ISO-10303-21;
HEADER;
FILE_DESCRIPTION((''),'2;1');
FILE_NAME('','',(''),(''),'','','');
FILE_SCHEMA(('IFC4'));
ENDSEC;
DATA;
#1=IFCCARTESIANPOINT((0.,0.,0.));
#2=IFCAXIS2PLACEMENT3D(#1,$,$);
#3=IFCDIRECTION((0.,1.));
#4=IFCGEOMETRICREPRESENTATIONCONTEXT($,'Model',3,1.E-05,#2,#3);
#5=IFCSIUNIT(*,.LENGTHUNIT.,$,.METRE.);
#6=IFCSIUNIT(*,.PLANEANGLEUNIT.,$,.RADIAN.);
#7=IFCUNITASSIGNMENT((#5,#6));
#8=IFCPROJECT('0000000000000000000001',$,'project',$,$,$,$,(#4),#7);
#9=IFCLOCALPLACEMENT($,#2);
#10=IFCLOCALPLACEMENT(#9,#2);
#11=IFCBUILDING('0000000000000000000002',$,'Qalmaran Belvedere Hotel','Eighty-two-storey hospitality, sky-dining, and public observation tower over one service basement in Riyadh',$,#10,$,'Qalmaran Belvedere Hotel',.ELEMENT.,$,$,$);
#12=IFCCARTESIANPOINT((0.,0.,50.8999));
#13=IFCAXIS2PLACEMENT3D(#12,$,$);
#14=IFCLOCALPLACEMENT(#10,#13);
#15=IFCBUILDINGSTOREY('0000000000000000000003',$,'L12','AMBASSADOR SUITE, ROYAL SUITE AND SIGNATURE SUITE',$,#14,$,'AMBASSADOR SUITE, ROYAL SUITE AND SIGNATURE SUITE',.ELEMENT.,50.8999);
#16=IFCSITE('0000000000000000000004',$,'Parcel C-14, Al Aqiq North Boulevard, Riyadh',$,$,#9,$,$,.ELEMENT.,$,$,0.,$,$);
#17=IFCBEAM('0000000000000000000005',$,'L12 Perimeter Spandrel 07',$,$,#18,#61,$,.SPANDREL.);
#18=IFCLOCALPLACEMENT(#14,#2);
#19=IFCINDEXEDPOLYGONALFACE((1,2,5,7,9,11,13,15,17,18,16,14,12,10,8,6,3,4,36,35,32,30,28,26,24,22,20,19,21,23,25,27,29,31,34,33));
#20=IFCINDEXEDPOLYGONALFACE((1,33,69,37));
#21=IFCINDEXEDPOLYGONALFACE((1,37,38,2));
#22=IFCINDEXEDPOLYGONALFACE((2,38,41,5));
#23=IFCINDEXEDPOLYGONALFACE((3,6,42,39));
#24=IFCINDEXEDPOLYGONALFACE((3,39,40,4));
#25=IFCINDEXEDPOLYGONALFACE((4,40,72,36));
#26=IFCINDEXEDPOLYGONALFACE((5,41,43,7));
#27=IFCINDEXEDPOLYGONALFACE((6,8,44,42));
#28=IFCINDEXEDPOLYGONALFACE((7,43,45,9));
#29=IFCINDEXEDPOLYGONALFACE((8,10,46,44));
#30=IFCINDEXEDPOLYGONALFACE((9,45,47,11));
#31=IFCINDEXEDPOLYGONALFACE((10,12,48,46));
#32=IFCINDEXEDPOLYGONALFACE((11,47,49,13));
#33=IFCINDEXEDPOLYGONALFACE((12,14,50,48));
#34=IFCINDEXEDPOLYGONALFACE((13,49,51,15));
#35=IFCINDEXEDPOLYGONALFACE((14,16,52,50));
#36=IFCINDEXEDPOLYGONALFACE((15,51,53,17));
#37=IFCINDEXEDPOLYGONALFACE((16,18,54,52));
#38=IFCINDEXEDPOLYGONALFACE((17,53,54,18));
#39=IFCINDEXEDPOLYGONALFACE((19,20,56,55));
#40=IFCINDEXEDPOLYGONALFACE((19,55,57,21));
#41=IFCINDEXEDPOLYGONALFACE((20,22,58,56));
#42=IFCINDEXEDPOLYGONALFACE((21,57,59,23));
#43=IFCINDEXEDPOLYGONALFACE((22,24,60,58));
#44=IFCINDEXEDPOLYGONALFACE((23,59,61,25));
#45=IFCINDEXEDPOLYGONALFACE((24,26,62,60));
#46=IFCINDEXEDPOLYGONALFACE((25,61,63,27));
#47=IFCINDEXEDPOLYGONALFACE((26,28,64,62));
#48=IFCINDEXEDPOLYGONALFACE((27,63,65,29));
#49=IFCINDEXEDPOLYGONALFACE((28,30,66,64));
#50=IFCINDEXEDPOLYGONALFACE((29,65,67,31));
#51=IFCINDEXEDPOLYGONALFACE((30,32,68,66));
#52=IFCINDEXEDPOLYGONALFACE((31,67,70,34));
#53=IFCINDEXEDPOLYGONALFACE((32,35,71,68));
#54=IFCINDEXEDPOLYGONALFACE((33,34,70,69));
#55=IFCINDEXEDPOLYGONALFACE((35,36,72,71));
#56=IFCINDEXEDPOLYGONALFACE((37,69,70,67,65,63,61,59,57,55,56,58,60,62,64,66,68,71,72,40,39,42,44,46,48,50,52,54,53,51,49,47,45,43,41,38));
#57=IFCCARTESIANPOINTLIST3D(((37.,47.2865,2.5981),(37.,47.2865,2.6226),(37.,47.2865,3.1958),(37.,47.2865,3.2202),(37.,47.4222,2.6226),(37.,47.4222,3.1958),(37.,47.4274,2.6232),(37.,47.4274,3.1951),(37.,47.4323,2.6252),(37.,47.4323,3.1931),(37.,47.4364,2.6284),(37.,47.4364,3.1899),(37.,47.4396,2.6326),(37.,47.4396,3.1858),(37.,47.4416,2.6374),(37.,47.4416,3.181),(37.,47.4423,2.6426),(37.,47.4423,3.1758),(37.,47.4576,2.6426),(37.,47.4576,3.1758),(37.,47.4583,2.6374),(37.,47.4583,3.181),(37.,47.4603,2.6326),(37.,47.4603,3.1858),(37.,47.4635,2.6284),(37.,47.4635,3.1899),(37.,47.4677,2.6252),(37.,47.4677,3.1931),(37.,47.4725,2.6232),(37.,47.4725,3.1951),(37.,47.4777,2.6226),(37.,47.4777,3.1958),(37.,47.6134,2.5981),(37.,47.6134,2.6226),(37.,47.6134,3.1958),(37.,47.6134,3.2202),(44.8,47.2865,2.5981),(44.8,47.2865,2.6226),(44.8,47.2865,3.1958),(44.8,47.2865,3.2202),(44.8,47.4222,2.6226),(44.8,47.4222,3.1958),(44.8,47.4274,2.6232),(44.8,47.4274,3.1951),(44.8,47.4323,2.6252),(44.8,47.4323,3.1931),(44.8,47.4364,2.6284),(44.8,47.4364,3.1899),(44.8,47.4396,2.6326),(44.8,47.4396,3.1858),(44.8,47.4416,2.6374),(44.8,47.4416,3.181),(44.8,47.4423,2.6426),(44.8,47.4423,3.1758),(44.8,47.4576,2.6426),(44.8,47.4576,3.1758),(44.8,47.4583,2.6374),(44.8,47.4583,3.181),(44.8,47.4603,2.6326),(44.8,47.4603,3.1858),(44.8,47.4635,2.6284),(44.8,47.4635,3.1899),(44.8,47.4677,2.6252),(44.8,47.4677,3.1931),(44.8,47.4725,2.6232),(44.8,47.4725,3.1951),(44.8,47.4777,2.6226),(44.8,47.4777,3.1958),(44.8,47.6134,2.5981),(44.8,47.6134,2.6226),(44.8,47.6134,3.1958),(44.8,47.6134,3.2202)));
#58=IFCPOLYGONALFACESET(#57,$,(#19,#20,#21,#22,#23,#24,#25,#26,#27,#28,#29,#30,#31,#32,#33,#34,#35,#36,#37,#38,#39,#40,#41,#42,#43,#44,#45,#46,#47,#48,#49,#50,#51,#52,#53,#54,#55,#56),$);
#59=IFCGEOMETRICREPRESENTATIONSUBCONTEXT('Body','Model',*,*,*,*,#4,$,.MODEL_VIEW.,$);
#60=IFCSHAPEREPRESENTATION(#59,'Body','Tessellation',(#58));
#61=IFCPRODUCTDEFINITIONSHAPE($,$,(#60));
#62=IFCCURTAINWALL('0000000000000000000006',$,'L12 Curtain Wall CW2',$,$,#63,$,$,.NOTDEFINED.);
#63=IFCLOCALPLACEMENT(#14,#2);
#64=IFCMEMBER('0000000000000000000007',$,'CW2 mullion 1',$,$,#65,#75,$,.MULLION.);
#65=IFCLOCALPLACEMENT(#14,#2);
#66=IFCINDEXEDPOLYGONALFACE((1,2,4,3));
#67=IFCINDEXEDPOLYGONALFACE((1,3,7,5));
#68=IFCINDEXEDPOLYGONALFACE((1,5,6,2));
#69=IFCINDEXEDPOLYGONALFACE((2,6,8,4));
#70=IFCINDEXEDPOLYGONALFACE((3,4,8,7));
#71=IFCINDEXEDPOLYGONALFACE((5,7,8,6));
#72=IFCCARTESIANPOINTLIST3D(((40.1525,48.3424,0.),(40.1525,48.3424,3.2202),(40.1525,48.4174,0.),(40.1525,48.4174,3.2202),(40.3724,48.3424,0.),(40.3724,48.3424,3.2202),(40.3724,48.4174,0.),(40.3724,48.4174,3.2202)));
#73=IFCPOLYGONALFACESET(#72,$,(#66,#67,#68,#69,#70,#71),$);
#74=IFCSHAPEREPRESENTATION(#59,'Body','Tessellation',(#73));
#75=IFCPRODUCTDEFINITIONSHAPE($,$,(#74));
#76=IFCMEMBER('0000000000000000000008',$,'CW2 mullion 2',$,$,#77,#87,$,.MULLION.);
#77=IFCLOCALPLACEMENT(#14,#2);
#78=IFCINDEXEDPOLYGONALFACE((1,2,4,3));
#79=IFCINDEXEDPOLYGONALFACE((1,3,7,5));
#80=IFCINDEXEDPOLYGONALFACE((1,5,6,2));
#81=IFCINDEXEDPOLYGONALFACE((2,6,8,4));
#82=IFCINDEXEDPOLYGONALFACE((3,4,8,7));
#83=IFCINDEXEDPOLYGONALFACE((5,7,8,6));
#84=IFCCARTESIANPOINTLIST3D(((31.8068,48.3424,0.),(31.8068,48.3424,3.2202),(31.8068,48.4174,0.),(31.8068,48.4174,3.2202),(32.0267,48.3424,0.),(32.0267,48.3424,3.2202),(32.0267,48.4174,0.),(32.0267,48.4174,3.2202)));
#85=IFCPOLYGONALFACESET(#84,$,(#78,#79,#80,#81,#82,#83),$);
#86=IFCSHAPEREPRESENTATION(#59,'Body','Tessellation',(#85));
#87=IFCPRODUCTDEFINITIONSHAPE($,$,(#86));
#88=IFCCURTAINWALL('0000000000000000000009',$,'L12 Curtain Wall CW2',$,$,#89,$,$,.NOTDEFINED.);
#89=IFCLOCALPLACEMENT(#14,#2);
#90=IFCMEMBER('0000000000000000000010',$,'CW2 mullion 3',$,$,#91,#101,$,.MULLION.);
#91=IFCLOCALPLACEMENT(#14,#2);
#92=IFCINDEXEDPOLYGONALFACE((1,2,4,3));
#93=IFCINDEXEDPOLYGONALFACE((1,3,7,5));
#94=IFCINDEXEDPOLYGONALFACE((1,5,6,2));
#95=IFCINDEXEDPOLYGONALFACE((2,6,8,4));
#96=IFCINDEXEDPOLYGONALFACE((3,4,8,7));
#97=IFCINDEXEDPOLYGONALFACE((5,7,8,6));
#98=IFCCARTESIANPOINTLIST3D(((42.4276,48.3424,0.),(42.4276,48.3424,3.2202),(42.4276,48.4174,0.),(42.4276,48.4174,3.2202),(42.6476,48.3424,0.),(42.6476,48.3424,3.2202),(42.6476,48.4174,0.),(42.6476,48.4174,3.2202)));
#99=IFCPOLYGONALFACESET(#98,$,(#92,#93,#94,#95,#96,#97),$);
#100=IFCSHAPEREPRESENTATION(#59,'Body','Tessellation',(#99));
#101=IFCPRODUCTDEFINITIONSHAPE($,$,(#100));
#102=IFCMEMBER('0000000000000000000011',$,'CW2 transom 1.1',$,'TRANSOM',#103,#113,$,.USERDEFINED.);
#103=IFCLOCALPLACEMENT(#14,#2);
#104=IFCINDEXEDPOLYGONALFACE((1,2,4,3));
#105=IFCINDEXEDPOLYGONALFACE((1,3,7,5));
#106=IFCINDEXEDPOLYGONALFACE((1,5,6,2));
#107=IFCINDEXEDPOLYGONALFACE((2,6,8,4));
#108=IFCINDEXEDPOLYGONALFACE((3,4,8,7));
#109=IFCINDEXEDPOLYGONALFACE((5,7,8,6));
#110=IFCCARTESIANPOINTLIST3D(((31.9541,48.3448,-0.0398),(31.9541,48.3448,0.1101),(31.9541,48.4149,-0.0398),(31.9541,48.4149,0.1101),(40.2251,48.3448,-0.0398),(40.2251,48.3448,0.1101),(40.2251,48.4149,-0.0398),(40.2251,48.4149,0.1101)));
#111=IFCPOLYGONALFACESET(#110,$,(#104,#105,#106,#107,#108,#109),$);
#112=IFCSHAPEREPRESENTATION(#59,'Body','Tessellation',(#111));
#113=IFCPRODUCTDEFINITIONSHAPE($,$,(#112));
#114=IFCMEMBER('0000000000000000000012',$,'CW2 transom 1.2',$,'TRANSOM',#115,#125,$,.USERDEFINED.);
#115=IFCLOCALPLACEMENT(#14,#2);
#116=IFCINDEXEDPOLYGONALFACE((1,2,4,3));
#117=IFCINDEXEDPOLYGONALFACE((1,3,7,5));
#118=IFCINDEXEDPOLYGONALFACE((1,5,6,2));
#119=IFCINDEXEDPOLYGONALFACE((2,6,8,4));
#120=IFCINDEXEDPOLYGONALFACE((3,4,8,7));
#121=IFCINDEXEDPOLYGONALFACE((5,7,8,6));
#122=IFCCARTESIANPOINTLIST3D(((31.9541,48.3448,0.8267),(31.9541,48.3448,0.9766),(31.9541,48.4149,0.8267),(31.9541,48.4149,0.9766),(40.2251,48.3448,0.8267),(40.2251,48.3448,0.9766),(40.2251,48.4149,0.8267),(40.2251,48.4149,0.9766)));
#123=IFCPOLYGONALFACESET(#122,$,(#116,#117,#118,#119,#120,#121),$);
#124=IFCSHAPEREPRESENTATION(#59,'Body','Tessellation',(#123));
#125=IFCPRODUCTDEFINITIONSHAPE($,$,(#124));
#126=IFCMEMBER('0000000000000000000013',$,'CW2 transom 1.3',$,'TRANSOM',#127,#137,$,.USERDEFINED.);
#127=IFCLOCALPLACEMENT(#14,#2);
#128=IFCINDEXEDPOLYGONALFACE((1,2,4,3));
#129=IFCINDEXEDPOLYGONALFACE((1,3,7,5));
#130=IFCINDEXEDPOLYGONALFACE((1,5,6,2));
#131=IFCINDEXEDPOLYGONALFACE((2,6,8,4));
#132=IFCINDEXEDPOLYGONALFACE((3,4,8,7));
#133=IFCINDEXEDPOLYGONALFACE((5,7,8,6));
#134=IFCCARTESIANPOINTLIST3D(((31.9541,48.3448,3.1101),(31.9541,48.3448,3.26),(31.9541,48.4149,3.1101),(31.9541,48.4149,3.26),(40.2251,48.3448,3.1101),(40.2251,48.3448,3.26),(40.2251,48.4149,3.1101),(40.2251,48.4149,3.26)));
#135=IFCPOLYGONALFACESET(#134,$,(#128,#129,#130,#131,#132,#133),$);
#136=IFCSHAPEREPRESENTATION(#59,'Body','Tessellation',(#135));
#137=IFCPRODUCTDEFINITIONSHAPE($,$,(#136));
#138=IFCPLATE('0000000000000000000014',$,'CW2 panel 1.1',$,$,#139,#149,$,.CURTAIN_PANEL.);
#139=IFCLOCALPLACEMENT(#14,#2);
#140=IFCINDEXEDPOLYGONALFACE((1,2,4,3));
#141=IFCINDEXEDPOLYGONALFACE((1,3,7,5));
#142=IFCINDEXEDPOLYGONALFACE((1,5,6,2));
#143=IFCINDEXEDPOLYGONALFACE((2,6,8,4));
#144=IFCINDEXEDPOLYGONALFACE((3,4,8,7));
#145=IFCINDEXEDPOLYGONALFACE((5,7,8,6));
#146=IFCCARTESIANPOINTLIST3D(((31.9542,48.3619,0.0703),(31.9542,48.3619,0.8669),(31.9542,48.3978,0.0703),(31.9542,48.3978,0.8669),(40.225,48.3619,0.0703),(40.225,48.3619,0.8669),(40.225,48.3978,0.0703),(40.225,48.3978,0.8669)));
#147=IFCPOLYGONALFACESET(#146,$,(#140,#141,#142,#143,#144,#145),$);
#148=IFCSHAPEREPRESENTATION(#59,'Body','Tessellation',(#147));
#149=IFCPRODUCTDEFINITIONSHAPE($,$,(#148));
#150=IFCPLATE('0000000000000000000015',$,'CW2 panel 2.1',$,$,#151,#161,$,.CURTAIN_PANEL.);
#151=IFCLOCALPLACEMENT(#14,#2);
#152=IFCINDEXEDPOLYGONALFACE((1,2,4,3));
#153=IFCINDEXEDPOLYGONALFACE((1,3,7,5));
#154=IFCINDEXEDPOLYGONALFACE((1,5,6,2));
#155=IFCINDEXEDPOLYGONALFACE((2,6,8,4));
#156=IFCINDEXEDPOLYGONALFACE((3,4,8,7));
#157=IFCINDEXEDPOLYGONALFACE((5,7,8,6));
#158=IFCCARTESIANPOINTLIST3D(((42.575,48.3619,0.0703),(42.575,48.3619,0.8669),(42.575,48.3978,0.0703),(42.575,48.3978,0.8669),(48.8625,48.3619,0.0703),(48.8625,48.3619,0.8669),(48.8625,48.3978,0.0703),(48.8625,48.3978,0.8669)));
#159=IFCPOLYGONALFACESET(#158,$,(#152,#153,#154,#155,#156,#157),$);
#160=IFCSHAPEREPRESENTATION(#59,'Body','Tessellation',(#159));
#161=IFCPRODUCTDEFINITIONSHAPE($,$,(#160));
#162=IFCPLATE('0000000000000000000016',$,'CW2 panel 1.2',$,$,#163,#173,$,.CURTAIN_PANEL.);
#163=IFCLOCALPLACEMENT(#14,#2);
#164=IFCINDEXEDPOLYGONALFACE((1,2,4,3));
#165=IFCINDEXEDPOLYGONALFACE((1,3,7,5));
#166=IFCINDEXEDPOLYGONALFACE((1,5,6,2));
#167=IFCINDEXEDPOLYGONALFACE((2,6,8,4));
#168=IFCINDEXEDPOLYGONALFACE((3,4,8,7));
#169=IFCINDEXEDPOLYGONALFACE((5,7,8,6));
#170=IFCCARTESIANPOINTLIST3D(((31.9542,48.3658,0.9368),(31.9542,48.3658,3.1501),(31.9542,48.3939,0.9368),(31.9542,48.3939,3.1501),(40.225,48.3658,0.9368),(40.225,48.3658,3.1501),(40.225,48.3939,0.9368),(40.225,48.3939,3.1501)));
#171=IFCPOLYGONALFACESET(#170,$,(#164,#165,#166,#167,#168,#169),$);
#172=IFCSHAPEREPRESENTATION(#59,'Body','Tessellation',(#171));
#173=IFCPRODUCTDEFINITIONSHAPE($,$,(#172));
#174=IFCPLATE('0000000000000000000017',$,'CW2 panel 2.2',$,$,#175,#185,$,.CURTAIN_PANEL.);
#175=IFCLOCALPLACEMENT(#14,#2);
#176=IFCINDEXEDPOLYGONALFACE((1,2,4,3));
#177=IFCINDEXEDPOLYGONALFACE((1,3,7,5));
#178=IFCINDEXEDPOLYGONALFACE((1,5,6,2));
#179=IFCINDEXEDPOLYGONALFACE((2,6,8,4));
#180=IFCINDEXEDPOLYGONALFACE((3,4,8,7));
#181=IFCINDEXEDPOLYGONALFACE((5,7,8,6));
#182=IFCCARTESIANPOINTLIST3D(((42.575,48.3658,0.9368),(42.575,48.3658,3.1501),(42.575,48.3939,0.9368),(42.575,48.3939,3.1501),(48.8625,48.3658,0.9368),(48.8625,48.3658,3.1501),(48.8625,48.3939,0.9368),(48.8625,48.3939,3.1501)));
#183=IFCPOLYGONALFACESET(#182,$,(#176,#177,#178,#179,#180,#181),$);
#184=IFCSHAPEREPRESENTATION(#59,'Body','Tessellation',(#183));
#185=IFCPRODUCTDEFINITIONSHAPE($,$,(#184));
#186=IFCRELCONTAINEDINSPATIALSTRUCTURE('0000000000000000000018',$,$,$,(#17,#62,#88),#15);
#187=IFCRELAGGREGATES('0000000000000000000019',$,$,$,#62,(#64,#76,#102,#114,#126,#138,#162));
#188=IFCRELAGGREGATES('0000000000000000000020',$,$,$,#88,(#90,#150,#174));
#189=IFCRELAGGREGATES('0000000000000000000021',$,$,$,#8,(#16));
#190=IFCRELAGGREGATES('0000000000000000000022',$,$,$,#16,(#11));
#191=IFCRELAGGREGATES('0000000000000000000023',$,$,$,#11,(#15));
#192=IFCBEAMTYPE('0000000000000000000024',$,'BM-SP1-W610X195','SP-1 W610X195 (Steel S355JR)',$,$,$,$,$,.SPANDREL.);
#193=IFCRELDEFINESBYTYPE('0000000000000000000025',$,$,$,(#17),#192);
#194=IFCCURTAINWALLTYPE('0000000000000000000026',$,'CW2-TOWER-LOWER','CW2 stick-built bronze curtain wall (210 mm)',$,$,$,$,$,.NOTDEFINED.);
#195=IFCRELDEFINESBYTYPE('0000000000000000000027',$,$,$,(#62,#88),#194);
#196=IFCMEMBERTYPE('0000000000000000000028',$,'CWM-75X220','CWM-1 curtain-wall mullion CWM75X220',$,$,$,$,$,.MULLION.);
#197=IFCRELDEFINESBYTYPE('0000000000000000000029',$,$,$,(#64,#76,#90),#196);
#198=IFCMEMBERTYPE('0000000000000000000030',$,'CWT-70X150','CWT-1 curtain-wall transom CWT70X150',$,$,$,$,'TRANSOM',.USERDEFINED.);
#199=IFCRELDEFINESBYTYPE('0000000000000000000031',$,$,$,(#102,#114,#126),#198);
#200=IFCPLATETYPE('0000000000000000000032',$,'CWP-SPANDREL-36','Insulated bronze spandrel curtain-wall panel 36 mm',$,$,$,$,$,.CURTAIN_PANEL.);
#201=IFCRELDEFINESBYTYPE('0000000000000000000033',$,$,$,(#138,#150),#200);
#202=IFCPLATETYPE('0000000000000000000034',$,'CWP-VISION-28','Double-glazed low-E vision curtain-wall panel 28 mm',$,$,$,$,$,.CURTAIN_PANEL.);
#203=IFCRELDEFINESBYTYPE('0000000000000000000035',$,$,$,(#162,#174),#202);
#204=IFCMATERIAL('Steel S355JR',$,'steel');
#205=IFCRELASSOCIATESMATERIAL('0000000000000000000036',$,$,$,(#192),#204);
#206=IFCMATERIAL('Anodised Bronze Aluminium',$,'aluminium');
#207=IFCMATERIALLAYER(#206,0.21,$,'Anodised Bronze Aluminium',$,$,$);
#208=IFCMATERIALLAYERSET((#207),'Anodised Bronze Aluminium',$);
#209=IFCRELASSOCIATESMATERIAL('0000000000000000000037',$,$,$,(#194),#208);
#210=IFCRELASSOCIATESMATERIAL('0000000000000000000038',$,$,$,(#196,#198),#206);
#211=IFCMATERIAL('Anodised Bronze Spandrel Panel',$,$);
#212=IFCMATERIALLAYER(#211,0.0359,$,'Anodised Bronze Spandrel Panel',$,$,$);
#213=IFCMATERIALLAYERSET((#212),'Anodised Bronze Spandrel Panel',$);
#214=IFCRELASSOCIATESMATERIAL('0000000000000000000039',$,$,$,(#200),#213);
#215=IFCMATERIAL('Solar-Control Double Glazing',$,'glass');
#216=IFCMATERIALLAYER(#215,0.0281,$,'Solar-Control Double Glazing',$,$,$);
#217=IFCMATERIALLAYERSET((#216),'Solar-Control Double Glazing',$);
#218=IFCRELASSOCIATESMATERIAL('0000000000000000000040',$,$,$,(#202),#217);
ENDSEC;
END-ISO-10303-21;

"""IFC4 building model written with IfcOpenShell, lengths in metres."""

from ifc_helpers import new_model, si_unit, direction, frame, origin, origin_2d, place, context, subcontext, project, spatial, rectangle, i_section, extrude, material, layer, layer_set, material_profile, profile_set, type_object, element, aggregate, save


model = new_model("IFC4")

# Units and contexts
model_context = context("Model", 3, precision=1e-05, world=origin(), true_north=direction((0.0, 1.0)))
body_context = subcontext(model_context, "Body", "Model", "MODEL_VIEW")
ifc_project = project(units=[si_unit("LENGTHUNIT", "METRE"), si_unit("PLANEANGLEUNIT", "RADIAN")], contexts=[model_context])

# Site, building, storey
site_placement = place(None, origin())
site = spatial("IfcSite", under=ifc_project, at=site_placement, Name="Parcel C-14, Al Aqiq North Boulevard, Riyadh", CompositionType="ELEMENT", RefElevation=0.0)
building_placement = place(site_placement, origin())
building = spatial("IfcBuilding", under=site, at=building_placement, Name="Qalmaran Belvedere Hotel", Description="Eighty-two-storey hospitality, sky-dining, and public observation tower over one service basement in Riyadh", LongName="Qalmaran Belvedere Hotel", CompositionType="ELEMENT")
storey_placement = place(building_placement, frame((0.0, 0.0, 50.8999)))
storey = spatial("IfcBuildingStorey", under=building, at=storey_placement, Name="L12", Description="AMBASSADOR SUITE, ROYAL SUITE AND SIGNATURE SUITE", LongName="AMBASSADOR SUITE, ROYAL SUITE AND SIGNATURE SUITE", CompositionType="ELEMENT", Elevation=50.8999)

# Beam
ifc_material_1 = material(Name="Steel S355JR", Category="steel")
ifc_material_profile_1 = material_profile(ifc_material_1, i_section(OverallWidth=0.3269, OverallDepth=0.6221, WebThickness=0.0154, FlangeThickness=0.0244, FilletRadius=0.02, at=origin_2d()), Name="W610X195")
ifc_profile_set_1 = profile_set([ifc_material_profile_1], Name="Steel S355JR")
beam_type_1 = type_object("IfcBeamType", Name="BM-SP1-W610X195", Description="SP-1 W610X195 (Steel S355JR)", PredefinedType="SPANDREL", material=ifc_profile_set_1)
beam_placement = place(storey_placement, frame((37.0, 47.45, 2.9092), z_axis=(1.0, 0.0, 0.0), x_axis=(0.0, 1.0, 0.0)))
element("IfcBeam", 1, at=beam_placement, inside=storey, type_object=beam_type_1, Name="L12 Perimeter Spandrel 07", PredefinedType="SPANDREL", context=body_context, shape_type="SweptSolid", body=[
    extrude(i_section(OverallWidth=0.3269, OverallDepth=0.6221, WebThickness=0.0154, FlangeThickness=0.0244, FilletRadius=0.02, at=origin_2d()), origin(), (0.0, 0.0, 1.0), 7.8),
])

# Curtain wall, members
ifc_material_2 = material(Name="Anodised Bronze Aluminium", Category="aluminium")
ifc_layer_1 = layer(ifc_material_2, 0.21, Name="Anodised Bronze Aluminium")
ifc_layer_set_1 = layer_set([ifc_layer_1], Name="Anodised Bronze Aluminium")
curtain_wall_type = type_object("IfcCurtainWallType", Name="CW2-TOWER-LOWER", Description="CW2 stick-built bronze curtain wall (210 mm)", PredefinedType="NOTDEFINED", material=ifc_layer_set_1)
curtain_wall_1_placement = place(storey_placement, origin())
curtain_wall_1 = element("IfcCurtainWall", 2, at=curtain_wall_1_placement, inside=storey, type_object=curtain_wall_type, Name="L12 Curtain Wall CW2", PredefinedType="NOTDEFINED")
ifc_material_profile_2 = material_profile(ifc_material_2, rectangle(XDim=0.075, YDim=0.22, at=origin_2d()), Name="CWM75X220")
ifc_profile_set_2 = profile_set([ifc_material_profile_2], Name="Anodised Bronze Aluminium")
member_type_1 = type_object("IfcMemberType", Name="CWM-75X220", Description="CWM-1 curtain-wall mullion CWM75X220", PredefinedType="MULLION", material=ifc_profile_set_2)
member_1_placement = place(storey_placement, frame((40.2625, 48.3799, 0.0), z_axis=(0.0, 0.0, 1.0), x_axis=(0.0, -1.0, 0.0)))
member_1 = element("IfcMember", 3, at=member_1_placement, type_object=member_type_1, Name="CW2 mullion 1", PredefinedType="MULLION", context=body_context, shape_type="SweptSolid", body=[
    extrude(rectangle(XDim=0.075, YDim=0.22, at=origin_2d()), origin(), (0.0, 0.0, 1.0), 3.2202),
])
member_2_placement = place(storey_placement, frame((31.9167, 48.3799, 0.0), z_axis=(0.0, 0.0, 1.0), x_axis=(0.0, -1.0, 0.0)))
member_2 = element("IfcMember", 4, at=member_2_placement, type_object=member_type_1, Name="CW2 mullion 2", PredefinedType="MULLION", context=body_context, shape_type="SweptSolid", body=[
    extrude(rectangle(XDim=0.075, YDim=0.22, at=origin_2d()), origin(), (0.0, 0.0, 1.0), 3.2202),
])

# Curtain wall, member
curtain_wall_2_placement = place(storey_placement, origin())
curtain_wall_2 = element("IfcCurtainWall", 5, at=curtain_wall_2_placement, inside=storey, type_object=curtain_wall_type, Name="L12 Curtain Wall CW2", PredefinedType="NOTDEFINED")
member_3_placement = place(storey_placement, frame((42.5376, 48.3799, 0.0), z_axis=(0.0, 0.0, 1.0), x_axis=(0.0, -1.0, 0.0)))
member_3 = element("IfcMember", 6, at=member_3_placement, type_object=member_type_1, Name="CW2 mullion 3", PredefinedType="MULLION", context=body_context, shape_type="SweptSolid", body=[
    extrude(rectangle(XDim=0.075, YDim=0.22, at=origin_2d()), origin(), (0.0, 0.0, 1.0), 3.2202),
])

# Members
ifc_material_profile_3 = material_profile(ifc_material_2, rectangle(XDim=0.0701, YDim=0.1499, at=origin_2d()), Name="CWT70X150")
ifc_profile_set_3 = profile_set([ifc_material_profile_3], Name="Anodised Bronze Aluminium")
member_type_2 = type_object("IfcMemberType", Name="CWT-70X150", Description="CWT-1 curtain-wall transom CWT70X150", ElementType="TRANSOM", PredefinedType="USERDEFINED", material=ifc_profile_set_3)
member_4_placement = place(storey_placement, frame((40.2251, 48.3799, 0.0352), z_axis=(-1.0, 0.0, 0.0), x_axis=(0.0, -1.0, 0.0)))
member_4 = element("IfcMember", 7, at=member_4_placement, type_object=member_type_2, Name="CW2 transom 1.1", ObjectType="TRANSOM", PredefinedType="USERDEFINED", context=body_context, shape_type="SweptSolid", body=[
    extrude(rectangle(XDim=0.0701, YDim=0.1499, at=origin_2d()), origin(), (0.0, 0.0, 1.0), 8.271),
])
member_5_placement = place(storey_placement, frame((40.2251, 48.3799, 0.9016), z_axis=(-1.0, 0.0, 0.0), x_axis=(0.0, -1.0, 0.0)))
member_5 = element("IfcMember", 8, at=member_5_placement, type_object=member_type_2, Name="CW2 transom 1.2", ObjectType="TRANSOM", PredefinedType="USERDEFINED", context=body_context, shape_type="SweptSolid", body=[
    extrude(rectangle(XDim=0.0701, YDim=0.1499, at=origin_2d()), origin(), (0.0, 0.0, 1.0), 8.271),
])
member_6_placement = place(storey_placement, frame((40.2251, 48.3799, 3.1851), z_axis=(-1.0, 0.0, 0.0), x_axis=(0.0, -1.0, 0.0)))
member_6 = element("IfcMember", 9, at=member_6_placement, type_object=member_type_2, Name="CW2 transom 1.3", ObjectType="TRANSOM", PredefinedType="USERDEFINED", context=body_context, shape_type="SweptSolid", body=[
    extrude(rectangle(XDim=0.0701, YDim=0.1499, at=origin_2d()), origin(), (0.0, 0.0, 1.0), 8.271),
])

# Plates
ifc_material_3 = material(Name="Anodised Bronze Spandrel Panel")
ifc_layer_2 = layer(ifc_material_3, 0.0359, Name="Anodised Bronze Spandrel Panel")
ifc_layer_set_2 = layer_set([ifc_layer_2], Name="Anodised Bronze Spandrel Panel")
plate_type_1 = type_object("IfcPlateType", Name="CWP-SPANDREL-36", Description="Insulated bronze spandrel curtain-wall panel 36 mm", PredefinedType="CURTAIN_PANEL", material=ifc_layer_set_2)
plate_1_placement = place(storey_placement, frame((36.0896, 48.3799, 0.0703), z_axis=(0.0, 0.0, 1.0), x_axis=(-1.0, 0.0, 0.0)))
plate_1 = element("IfcPlate", 10, at=plate_1_placement, type_object=plate_type_1, Name="CW2 panel 1.1", PredefinedType="CURTAIN_PANEL", context=body_context, shape_type="SweptSolid", body=[
    extrude(rectangle(XDim=8.2708, YDim=0.0359, at=origin_2d()), origin(), (0.0, 0.0, 1.0), 0.7966),
])
plate_2_placement = place(storey_placement, frame((45.7188, 48.3799, 0.0703), z_axis=(0.0, 0.0, 1.0), x_axis=(-1.0, 0.0, 0.0)))
plate_2 = element("IfcPlate", 11, at=plate_2_placement, type_object=plate_type_1, Name="CW2 panel 2.1", PredefinedType="CURTAIN_PANEL", context=body_context, shape_type="SweptSolid", body=[
    extrude(rectangle(XDim=6.2876, YDim=0.0359, at=origin_2d()), origin(), (0.0, 0.0, 1.0), 0.7966),
])
ifc_material_4 = material(Name="Solar-Control Double Glazing", Category="glass")
ifc_layer_3 = layer(ifc_material_4, 0.0281, Name="Solar-Control Double Glazing")
ifc_layer_set_3 = layer_set([ifc_layer_3], Name="Solar-Control Double Glazing")
plate_type_2 = type_object("IfcPlateType", Name="CWP-VISION-28", Description="Double-glazed low-E vision curtain-wall panel 28 mm", PredefinedType="CURTAIN_PANEL", material=ifc_layer_set_3)
plate_3_placement = place(storey_placement, frame((36.0896, 48.3799, 0.9368), z_axis=(0.0, 0.0, 1.0), x_axis=(-1.0, 0.0, 0.0)))
plate_3 = element("IfcPlate", 12, at=plate_3_placement, type_object=plate_type_2, Name="CW2 panel 1.2", PredefinedType="CURTAIN_PANEL", context=body_context, shape_type="SweptSolid", body=[
    extrude(rectangle(XDim=8.2708, YDim=0.0281, at=origin_2d()), origin(), (0.0, 0.0, 1.0), 2.2134),
])
aggregate(curtain_wall_1, [member_1, member_2, member_4, member_5, member_6, plate_1, plate_3])
plate_4_placement = place(storey_placement, frame((45.7188, 48.3799, 0.9368), z_axis=(0.0, 0.0, 1.0), x_axis=(-1.0, 0.0, 0.0)))
plate_4 = element("IfcPlate", 13, at=plate_4_placement, type_object=plate_type_2, Name="CW2 panel 2.2", PredefinedType="CURTAIN_PANEL", context=body_context, shape_type="SweptSolid", body=[
    extrude(rectangle(XDim=6.2876, YDim=0.0281, at=origin_2d()), origin(), (0.0, 0.0, 1.0), 2.2134),
])
aggregate(curtain_wall_2, [member_3, plate_2, plate_4])

save(model, "model.ifc")
